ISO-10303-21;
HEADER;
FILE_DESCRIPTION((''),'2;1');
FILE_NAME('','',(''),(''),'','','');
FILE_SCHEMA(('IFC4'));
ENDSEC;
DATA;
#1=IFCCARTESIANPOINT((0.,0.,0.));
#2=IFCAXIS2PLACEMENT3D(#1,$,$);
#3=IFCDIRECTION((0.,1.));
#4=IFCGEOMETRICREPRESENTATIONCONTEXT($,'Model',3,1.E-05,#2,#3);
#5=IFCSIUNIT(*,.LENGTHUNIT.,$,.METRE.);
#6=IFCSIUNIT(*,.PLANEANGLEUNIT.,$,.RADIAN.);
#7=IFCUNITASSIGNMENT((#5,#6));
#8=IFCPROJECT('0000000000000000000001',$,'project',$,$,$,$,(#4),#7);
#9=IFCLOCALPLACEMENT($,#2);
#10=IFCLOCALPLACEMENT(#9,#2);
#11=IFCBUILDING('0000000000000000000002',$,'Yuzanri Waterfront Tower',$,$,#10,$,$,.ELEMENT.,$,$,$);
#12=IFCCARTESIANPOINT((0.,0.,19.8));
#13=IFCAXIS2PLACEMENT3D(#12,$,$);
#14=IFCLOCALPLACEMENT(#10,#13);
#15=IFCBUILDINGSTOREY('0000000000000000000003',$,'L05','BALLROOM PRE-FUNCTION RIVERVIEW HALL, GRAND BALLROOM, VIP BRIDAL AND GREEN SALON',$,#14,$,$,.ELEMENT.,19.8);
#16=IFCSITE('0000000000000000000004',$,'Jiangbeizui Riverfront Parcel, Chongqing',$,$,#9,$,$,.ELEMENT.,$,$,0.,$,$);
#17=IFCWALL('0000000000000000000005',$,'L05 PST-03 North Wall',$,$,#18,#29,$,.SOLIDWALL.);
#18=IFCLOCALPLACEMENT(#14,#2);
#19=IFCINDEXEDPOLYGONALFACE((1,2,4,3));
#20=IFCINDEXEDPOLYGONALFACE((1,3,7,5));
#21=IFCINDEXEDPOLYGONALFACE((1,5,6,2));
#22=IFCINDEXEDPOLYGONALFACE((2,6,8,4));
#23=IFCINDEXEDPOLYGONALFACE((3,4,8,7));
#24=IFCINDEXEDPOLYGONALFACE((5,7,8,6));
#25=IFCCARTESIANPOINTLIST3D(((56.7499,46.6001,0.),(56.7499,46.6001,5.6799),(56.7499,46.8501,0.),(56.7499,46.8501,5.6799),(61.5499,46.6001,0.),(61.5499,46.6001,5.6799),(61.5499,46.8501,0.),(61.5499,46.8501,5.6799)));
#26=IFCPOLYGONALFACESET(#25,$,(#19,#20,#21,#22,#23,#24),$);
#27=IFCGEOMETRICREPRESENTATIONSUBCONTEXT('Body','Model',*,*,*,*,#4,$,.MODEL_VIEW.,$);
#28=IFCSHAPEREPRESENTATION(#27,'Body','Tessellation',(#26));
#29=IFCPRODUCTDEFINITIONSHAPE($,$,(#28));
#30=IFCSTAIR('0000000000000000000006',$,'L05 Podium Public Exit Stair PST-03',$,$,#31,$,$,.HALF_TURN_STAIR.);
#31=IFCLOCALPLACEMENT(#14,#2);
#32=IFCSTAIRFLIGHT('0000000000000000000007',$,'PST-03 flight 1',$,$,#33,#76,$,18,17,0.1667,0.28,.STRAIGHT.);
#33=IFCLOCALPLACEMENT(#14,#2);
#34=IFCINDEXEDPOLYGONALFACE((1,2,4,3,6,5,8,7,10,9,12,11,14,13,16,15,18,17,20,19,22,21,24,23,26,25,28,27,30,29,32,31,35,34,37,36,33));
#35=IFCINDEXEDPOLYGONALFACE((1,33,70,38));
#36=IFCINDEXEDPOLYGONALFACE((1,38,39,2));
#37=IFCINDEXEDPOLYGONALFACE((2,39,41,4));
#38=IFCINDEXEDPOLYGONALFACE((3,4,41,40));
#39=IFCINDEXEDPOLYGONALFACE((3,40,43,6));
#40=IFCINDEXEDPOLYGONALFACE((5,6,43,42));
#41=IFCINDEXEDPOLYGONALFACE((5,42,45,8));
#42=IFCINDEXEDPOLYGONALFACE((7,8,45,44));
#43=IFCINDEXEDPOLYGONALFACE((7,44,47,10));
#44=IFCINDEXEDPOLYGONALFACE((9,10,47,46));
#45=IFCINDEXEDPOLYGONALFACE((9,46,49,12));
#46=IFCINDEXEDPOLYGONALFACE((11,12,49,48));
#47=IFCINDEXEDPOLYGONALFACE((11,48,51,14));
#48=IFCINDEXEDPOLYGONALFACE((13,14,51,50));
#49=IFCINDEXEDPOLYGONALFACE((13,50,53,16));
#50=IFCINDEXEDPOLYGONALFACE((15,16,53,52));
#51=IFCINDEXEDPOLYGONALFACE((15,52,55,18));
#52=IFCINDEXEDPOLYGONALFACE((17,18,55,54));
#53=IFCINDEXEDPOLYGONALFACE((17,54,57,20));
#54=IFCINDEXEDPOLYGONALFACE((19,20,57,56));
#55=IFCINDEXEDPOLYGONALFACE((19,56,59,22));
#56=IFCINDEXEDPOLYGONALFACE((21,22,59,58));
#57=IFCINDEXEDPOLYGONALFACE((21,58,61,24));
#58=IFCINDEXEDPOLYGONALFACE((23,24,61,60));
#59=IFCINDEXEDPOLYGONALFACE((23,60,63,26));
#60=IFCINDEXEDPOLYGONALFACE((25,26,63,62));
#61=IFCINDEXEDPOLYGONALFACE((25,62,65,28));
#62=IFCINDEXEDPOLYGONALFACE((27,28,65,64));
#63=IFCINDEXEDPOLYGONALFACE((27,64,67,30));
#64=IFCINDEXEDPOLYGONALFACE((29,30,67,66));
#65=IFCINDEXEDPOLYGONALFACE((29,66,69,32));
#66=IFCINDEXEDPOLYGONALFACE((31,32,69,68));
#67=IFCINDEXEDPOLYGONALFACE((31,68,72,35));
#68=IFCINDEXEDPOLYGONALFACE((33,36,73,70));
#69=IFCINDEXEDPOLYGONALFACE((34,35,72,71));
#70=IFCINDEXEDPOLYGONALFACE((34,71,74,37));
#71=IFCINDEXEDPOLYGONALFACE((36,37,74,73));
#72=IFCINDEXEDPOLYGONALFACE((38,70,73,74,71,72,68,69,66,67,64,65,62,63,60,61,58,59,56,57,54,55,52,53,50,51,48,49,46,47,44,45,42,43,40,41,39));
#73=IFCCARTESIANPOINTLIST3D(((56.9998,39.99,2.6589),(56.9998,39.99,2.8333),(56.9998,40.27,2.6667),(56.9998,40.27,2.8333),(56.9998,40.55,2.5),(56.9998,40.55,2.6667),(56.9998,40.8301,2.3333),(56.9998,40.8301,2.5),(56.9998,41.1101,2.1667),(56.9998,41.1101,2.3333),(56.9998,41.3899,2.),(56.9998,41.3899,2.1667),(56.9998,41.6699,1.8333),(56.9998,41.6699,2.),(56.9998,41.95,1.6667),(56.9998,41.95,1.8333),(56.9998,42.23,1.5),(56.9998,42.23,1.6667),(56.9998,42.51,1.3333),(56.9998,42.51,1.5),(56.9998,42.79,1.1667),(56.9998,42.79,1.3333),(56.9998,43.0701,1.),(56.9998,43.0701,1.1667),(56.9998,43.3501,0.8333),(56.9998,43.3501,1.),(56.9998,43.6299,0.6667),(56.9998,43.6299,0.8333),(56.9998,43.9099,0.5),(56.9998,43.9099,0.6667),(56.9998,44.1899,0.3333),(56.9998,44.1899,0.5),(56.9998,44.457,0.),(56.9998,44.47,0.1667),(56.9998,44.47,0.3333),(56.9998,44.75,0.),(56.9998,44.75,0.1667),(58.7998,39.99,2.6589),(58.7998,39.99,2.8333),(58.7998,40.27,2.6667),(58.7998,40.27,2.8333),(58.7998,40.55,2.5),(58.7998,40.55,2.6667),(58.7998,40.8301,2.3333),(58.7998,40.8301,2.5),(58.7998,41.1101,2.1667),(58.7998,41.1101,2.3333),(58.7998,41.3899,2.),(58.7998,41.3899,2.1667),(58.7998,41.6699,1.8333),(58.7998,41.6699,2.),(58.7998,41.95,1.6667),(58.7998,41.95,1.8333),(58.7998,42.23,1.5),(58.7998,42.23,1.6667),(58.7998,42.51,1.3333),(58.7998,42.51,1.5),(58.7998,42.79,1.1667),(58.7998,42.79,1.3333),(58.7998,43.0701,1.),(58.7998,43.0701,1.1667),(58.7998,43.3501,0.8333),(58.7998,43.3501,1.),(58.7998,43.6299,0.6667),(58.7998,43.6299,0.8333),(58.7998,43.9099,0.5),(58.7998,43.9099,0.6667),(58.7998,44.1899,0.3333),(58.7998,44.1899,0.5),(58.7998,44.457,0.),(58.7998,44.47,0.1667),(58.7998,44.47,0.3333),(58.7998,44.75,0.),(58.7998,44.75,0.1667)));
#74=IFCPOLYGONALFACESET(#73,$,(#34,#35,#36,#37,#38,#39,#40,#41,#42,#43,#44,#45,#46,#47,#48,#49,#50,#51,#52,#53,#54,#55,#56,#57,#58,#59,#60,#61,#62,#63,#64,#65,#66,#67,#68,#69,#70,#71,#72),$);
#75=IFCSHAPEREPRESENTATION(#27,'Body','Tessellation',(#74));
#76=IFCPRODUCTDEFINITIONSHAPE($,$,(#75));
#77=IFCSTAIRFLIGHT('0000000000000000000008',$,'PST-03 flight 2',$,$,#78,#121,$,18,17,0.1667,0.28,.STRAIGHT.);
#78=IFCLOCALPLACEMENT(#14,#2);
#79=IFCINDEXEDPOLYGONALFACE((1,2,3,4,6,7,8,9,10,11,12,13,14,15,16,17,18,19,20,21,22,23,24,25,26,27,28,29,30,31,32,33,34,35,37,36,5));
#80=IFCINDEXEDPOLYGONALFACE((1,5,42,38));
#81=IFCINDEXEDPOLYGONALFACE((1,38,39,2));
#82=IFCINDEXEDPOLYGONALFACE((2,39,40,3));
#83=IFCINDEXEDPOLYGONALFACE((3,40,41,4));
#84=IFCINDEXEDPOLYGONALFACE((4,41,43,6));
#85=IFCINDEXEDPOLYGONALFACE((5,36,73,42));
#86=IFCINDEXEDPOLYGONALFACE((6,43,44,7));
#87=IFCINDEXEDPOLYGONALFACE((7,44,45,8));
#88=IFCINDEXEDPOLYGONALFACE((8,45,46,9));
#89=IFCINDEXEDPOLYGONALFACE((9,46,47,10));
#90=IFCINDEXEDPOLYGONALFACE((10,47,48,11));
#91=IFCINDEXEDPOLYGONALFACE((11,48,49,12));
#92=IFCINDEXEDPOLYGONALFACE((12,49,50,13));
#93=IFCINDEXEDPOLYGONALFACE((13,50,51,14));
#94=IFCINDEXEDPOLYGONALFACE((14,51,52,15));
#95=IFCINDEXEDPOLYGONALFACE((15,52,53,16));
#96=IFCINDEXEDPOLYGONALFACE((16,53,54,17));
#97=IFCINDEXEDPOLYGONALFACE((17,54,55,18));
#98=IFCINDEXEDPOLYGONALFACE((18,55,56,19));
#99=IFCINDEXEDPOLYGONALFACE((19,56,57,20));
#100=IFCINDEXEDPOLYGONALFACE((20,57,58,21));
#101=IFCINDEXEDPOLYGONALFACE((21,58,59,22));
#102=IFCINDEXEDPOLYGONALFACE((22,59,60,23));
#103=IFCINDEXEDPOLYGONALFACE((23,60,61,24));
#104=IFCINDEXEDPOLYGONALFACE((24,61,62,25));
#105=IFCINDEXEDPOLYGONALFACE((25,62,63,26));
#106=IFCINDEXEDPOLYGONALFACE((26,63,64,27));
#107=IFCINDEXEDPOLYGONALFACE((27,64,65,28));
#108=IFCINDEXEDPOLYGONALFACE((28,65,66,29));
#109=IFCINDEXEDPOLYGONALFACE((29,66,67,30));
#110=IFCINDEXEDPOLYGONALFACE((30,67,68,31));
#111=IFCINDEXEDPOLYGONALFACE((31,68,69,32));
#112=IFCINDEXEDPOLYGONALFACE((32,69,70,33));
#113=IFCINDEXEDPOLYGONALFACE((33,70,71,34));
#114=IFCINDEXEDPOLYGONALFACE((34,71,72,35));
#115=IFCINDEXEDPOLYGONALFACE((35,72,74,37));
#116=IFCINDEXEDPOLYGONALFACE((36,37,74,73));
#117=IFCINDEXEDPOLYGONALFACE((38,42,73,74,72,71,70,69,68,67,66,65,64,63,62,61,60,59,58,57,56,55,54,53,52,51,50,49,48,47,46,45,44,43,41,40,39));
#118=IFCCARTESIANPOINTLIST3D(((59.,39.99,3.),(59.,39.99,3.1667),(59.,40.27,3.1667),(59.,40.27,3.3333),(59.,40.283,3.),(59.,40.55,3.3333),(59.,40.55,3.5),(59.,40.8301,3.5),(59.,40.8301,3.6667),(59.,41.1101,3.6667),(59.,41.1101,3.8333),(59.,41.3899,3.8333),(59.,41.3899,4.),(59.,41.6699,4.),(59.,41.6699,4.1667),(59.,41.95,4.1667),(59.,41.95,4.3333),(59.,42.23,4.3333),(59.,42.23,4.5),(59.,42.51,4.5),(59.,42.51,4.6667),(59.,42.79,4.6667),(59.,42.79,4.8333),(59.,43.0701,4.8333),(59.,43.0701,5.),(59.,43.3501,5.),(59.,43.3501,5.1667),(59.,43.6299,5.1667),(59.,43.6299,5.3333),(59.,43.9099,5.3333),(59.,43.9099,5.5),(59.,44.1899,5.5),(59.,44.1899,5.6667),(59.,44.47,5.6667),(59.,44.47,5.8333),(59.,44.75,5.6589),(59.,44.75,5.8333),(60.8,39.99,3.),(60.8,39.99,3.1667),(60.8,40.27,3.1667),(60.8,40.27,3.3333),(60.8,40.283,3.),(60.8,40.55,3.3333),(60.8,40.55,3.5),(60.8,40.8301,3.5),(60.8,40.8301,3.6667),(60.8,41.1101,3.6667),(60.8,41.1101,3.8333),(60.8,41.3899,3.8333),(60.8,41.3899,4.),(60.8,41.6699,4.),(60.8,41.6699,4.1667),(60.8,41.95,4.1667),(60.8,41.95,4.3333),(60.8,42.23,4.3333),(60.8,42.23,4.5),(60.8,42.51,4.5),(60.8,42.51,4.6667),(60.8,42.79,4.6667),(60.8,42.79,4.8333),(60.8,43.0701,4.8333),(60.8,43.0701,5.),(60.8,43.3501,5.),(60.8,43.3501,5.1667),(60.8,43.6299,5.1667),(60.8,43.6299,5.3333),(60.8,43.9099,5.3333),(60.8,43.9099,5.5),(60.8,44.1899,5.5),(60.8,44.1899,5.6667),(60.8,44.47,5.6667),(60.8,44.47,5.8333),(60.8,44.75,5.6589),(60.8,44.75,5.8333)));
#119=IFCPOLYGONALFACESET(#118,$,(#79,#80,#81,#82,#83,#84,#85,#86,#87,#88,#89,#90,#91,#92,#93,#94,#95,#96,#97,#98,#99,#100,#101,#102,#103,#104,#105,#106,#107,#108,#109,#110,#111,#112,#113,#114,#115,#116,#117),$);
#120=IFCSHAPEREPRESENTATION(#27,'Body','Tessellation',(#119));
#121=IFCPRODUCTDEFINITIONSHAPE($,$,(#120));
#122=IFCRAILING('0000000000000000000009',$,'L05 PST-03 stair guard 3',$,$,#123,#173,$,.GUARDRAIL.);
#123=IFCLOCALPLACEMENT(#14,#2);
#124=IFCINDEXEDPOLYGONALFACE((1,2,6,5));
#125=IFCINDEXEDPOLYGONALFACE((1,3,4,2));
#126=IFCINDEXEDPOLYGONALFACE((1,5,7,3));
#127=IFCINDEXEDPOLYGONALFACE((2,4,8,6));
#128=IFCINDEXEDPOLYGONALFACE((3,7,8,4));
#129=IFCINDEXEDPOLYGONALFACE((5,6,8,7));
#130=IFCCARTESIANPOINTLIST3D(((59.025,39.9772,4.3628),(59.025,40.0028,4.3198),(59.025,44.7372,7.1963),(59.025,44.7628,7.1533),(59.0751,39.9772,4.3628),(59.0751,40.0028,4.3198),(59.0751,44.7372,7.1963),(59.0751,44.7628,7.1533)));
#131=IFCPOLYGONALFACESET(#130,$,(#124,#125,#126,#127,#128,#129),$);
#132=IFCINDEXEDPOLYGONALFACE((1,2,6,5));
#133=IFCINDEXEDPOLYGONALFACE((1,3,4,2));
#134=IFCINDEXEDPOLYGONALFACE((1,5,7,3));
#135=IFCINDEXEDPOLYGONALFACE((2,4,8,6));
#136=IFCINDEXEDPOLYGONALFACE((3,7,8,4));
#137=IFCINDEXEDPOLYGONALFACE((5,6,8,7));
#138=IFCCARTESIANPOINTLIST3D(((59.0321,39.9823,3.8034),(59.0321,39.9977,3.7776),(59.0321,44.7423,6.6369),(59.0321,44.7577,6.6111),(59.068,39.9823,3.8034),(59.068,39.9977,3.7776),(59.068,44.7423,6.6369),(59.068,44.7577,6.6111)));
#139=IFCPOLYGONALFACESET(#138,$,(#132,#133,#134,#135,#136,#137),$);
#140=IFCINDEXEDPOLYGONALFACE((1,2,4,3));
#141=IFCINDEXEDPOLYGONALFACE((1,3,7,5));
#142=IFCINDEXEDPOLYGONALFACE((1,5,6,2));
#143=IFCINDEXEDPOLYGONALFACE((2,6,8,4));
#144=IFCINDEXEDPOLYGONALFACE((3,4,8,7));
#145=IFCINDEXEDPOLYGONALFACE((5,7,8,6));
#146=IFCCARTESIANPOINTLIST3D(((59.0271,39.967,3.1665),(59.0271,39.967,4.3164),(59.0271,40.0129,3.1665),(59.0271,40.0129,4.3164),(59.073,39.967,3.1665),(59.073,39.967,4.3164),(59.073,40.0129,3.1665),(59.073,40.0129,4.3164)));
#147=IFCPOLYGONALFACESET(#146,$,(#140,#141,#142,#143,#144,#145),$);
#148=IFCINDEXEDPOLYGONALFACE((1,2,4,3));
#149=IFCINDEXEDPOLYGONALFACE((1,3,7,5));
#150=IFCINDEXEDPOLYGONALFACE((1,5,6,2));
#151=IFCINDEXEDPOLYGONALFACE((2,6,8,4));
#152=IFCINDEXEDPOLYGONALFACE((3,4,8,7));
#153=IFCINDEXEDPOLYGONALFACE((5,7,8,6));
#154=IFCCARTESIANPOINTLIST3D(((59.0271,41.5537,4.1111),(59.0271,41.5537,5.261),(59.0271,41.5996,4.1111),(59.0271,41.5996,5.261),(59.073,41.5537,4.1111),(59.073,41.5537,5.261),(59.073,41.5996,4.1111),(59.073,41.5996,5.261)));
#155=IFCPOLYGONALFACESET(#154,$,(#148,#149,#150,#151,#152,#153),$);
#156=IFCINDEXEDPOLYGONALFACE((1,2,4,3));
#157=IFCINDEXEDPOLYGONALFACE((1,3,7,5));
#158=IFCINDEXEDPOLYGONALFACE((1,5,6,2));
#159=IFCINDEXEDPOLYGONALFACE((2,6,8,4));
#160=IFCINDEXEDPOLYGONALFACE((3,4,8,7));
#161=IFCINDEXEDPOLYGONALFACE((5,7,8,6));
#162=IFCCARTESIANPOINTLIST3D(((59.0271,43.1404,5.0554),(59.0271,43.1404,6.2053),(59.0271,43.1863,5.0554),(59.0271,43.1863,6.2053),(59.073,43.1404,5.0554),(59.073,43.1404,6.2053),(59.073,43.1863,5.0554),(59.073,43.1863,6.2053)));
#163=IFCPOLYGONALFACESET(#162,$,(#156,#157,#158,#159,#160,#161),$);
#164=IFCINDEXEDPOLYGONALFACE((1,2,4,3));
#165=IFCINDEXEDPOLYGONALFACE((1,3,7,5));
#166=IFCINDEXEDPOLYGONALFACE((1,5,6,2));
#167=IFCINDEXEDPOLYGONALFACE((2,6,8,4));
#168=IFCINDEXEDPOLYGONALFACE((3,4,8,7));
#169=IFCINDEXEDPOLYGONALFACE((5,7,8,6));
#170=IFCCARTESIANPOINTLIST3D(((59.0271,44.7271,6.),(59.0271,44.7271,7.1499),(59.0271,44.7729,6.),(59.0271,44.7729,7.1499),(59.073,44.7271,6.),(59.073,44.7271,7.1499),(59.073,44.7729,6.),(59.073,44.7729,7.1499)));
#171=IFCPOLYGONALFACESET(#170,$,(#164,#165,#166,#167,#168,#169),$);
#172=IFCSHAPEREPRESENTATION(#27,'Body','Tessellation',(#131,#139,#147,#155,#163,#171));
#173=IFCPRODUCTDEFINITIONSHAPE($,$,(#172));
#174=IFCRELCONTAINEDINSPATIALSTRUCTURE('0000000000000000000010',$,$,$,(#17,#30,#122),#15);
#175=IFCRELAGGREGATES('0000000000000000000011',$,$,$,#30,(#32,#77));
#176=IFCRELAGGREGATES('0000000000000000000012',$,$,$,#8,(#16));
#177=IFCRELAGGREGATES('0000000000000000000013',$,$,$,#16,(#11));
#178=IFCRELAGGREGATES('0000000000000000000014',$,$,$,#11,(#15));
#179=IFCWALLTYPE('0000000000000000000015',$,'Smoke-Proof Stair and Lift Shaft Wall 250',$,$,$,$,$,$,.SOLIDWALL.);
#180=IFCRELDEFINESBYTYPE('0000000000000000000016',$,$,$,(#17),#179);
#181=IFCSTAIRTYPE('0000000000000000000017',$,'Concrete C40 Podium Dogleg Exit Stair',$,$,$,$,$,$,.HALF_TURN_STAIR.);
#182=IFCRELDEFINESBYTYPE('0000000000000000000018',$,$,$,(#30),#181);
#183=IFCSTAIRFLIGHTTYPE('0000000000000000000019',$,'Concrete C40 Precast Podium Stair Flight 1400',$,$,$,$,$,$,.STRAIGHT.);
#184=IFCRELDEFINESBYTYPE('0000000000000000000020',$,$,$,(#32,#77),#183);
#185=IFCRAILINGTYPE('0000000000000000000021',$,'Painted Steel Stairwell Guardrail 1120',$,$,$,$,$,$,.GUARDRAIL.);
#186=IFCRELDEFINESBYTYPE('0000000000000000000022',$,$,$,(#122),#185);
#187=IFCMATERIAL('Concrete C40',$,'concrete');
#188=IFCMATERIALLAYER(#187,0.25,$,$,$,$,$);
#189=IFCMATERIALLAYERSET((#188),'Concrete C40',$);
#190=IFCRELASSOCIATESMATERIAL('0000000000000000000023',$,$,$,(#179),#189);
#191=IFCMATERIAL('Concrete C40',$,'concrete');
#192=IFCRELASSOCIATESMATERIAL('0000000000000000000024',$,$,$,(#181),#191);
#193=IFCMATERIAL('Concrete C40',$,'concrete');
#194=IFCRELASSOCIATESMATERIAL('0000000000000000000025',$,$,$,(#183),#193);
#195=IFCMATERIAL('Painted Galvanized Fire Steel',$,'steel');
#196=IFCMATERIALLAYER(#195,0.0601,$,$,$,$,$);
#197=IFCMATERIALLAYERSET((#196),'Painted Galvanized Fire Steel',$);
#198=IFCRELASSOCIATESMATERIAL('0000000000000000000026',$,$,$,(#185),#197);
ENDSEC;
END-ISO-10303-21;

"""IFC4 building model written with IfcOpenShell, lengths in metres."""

from ifc_helpers import new_model, si_unit, direction, frame, frame_2d, origin, origin_2d, place, context, subcontext, project, spatial, polyline, rectangle, outline, extrude, source, transform, mapped, material, layer, layer_set, type_object, element, aggregate, save


model = new_model("IFC4")

# Units and contexts
model_context = context("Model", 3, precision=1e-05, world=origin(), true_north=direction((0.0, 1.0)))
body_context = subcontext(model_context, "Body", "Model", "MODEL_VIEW")
ifc_project = project(units=[si_unit("LENGTHUNIT", "METRE"), si_unit("PLANEANGLEUNIT", "RADIAN")], contexts=[model_context])

# Site, building, storey
site_placement = place(None, origin())
site = spatial("IfcSite", under=ifc_project, at=site_placement, Name="Jiangbeizui Riverfront Parcel, Chongqing", CompositionType="ELEMENT", RefElevation=0.0)
building_placement = place(site_placement, origin())
building = spatial("IfcBuilding", under=site, at=building_placement, Name="Yuzanri Waterfront Tower", CompositionType="ELEMENT")
storey_placement = place(building_placement, frame((0.0, 0.0, 19.8)))
storey = spatial("IfcBuildingStorey", under=building, at=storey_placement, Name="L05", Description="BALLROOM PRE-FUNCTION RIVERVIEW HALL, GRAND BALLROOM, VIP BRIDAL AND GREEN SALON", CompositionType="ELEMENT", Elevation=19.8)

# Wall
ifc_material_1 = material(Name="Concrete C40", Category="concrete")
ifc_layer_1 = layer(ifc_material_1, 0.25)
ifc_layer_set_1 = layer_set([ifc_layer_1], Name="Concrete C40")
wall_type_1 = type_object("IfcWallType", Name="Smoke-Proof Stair and Lift Shaft Wall 250", PredefinedType="SOLIDWALL", material=ifc_layer_set_1)
shared_shape_1 = source(origin(), body_context, "Body", "SweptSolid", [
    extrude(rectangle(XDim=4.8, YDim=0.25, at=frame_2d((2.3999, 0.0))), origin(), (0.0, 0.0, 1.0), 5.6799),
])
wall_1_placement = place(storey_placement, frame((56.75, 46.7251, 0.0), z_axis=(0.0, 0.0, 1.0), x_axis=(1.0, 0.0, 0.0)))
element("IfcWall", 1, at=wall_1_placement, inside=storey, type_object=wall_type_1, Name="L05 PST-03 North Wall", PredefinedType="SOLIDWALL", context=body_context, shape_type="MappedRepresentation", body=[
    mapped(shared_shape_1, transform((0.0, 0.0, 0.0), scale=1.0)),
])

# Stair, stair flights
ifc_material_2 = material(Name="Concrete C40", Category="concrete")
stair_type = type_object("IfcStairType", Name="Concrete C40 Podium Dogleg Exit Stair", PredefinedType="HALF_TURN_STAIR", material=ifc_material_2)
stair_placement = place(storey_placement, origin())
stair = element("IfcStair", 2, at=stair_placement, inside=storey, type_object=stair_type, Name="L05 Podium Public Exit Stair PST-03", PredefinedType="HALF_TURN_STAIR")
ifc_material_3 = material(Name="Concrete C40", Category="concrete")
stair_flight_type = type_object("IfcStairFlightType", Name="Concrete C40 Precast Podium Stair Flight 1400", PredefinedType="STRAIGHT", material=ifc_material_3)
shared_shape_2 = source(origin(), body_context, "Body", "SweptSolid", [
    extrude(outline(polyline([(0.0, 0.0), (0.0, 0.1667), (0.28, 0.1667), (0.28, 0.3333), (0.5601, 0.3333), (0.5601, 0.5), (0.8401, 0.5), (0.8401, 0.6667), (1.1201, 0.6667), (1.1201, 0.8333), (1.3999, 0.8333), (1.3999, 1.0), (1.6799, 1.0), (1.6799, 1.1667), (1.96, 1.1667), (1.96, 1.3333), (2.24, 1.3333), (2.24, 1.5), (2.52, 1.5), (2.52, 1.6667), (2.8, 1.6667), (2.8, 1.8333), (3.0801, 1.8333), (3.0801, 2.0), (3.3601, 2.0), (3.3601, 2.1667), (3.6399, 2.1667), (3.6399, 2.3333), (3.9199, 2.3333), (3.9199, 2.5), (4.2, 2.5), (4.2, 2.6667), (4.48, 2.6667), (4.48, 2.8333), (4.76, 2.8333), (4.76, 3.0), (4.76, 2.6589), (0.293, 0.0), (0.0, 0.0)])), frame((0.0, 0.8999, 0.0), z_axis=(0.0, -1.0, 0.0), x_axis=(1.0, 0.0, 0.0)), (0.0, 0.0, 1.0), 1.8),
])
stair_flight_1_placement = place(storey_placement, frame((57.8999, 44.75, 0.0), z_axis=(0.0, 0.0, 1.0), x_axis=(0.0, -1.0, 0.0)))
stair_flight_1 = element("IfcStairFlight", 3, at=stair_flight_1_placement, type_object=stair_flight_type, Name="PST-03 flight 1", NumberOfRisers=18, NumberOfTreads=17, PredefinedType="STRAIGHT", RiserHeight=0.1667, TreadLength=0.28, context=body_context, shape_type="MappedRepresentation", body=[
    mapped(shared_shape_2, transform((0.0, 0.0, 0.0), scale=1.0)),
])
stair_flight_2_placement = place(storey_placement, frame((59.8999, 39.99, 3.0), z_axis=(0.0, 0.0, 1.0), x_axis=(0.0, 1.0, 0.0)))
stair_flight_2 = element("IfcStairFlight", 4, at=stair_flight_2_placement, type_object=stair_flight_type, Name="PST-03 flight 2", NumberOfRisers=18, NumberOfTreads=17, PredefinedType="STRAIGHT", RiserHeight=0.1667, TreadLength=0.28, context=body_context, shape_type="MappedRepresentation", body=[
    mapped(shared_shape_2, transform((0.0, 0.0, 0.0), scale=1.0)),
])
aggregate(stair, [stair_flight_1, stair_flight_2])

# Railing
ifc_material_4 = material(Name="Painted Galvanized Fire Steel", Category="steel")
ifc_layer_2 = layer(ifc_material_4, 0.0601)
ifc_layer_set_2 = layer_set([ifc_layer_2], Name="Painted Galvanized Fire Steel")
railing_type_1 = type_object("IfcRailingType", Name="Painted Steel Stairwell Guardrail 1120", PredefinedType="GUARDRAIL", material=ifc_layer_set_2)
shared_shape_3 = source(origin(), body_context, "Body", "SweptSolid", [
    extrude(rectangle(XDim=0.05, YDim=0.05, at=origin_2d()), frame((0.0, 0.0, 1.1748), z_axis=(0.0, 0.85928, 0.511505), x_axis=(-1.0, 0.0, 0.0)), (0.0, 0.0, 1.0), 5.5396),
    extrude(rectangle(XDim=0.0359, YDim=0.03, at=origin_2d()), frame((0.0, 0.0, 0.624), z_axis=(0.0, 0.85928, 0.511505), x_axis=(-1.0, 0.0, 0.0)), (0.0, 0.0, 1.0), 5.5396),
    extrude(rectangle(XDim=0.0459, YDim=0.0459, at=origin_2d()), origin(), (0.0, 0.0, 1.0), 1.1499),
    extrude(rectangle(XDim=0.0459, YDim=0.0459, at=origin_2d()), frame((0.0, 1.5867, 0.9446)), (0.0, 0.0, 1.0), 1.1499),
    extrude(rectangle(XDim=0.0459, YDim=0.0459, at=origin_2d()), frame((0.0, 3.1733, 1.8889)), (0.0, 0.0, 1.0), 1.1499),
    extrude(rectangle(XDim=0.0459, YDim=0.0459, at=origin_2d()), frame((0.0, 4.76, 2.8335)), (0.0, 0.0, 1.0), 1.1499),
])
railing_1_placement = place(storey_placement, frame((59.05, 39.99, 3.1665)))
element("IfcRailing", 5, at=railing_1_placement, inside=storey, type_object=railing_type_1, Name="L05 PST-03 stair guard 3", PredefinedType="GUARDRAIL", context=body_context, shape_type="MappedRepresentation", body=[
    mapped(shared_shape_3, transform((0.0, 0.0, 0.0), scale=1.0)),
])

save(model, "model.ifc")
